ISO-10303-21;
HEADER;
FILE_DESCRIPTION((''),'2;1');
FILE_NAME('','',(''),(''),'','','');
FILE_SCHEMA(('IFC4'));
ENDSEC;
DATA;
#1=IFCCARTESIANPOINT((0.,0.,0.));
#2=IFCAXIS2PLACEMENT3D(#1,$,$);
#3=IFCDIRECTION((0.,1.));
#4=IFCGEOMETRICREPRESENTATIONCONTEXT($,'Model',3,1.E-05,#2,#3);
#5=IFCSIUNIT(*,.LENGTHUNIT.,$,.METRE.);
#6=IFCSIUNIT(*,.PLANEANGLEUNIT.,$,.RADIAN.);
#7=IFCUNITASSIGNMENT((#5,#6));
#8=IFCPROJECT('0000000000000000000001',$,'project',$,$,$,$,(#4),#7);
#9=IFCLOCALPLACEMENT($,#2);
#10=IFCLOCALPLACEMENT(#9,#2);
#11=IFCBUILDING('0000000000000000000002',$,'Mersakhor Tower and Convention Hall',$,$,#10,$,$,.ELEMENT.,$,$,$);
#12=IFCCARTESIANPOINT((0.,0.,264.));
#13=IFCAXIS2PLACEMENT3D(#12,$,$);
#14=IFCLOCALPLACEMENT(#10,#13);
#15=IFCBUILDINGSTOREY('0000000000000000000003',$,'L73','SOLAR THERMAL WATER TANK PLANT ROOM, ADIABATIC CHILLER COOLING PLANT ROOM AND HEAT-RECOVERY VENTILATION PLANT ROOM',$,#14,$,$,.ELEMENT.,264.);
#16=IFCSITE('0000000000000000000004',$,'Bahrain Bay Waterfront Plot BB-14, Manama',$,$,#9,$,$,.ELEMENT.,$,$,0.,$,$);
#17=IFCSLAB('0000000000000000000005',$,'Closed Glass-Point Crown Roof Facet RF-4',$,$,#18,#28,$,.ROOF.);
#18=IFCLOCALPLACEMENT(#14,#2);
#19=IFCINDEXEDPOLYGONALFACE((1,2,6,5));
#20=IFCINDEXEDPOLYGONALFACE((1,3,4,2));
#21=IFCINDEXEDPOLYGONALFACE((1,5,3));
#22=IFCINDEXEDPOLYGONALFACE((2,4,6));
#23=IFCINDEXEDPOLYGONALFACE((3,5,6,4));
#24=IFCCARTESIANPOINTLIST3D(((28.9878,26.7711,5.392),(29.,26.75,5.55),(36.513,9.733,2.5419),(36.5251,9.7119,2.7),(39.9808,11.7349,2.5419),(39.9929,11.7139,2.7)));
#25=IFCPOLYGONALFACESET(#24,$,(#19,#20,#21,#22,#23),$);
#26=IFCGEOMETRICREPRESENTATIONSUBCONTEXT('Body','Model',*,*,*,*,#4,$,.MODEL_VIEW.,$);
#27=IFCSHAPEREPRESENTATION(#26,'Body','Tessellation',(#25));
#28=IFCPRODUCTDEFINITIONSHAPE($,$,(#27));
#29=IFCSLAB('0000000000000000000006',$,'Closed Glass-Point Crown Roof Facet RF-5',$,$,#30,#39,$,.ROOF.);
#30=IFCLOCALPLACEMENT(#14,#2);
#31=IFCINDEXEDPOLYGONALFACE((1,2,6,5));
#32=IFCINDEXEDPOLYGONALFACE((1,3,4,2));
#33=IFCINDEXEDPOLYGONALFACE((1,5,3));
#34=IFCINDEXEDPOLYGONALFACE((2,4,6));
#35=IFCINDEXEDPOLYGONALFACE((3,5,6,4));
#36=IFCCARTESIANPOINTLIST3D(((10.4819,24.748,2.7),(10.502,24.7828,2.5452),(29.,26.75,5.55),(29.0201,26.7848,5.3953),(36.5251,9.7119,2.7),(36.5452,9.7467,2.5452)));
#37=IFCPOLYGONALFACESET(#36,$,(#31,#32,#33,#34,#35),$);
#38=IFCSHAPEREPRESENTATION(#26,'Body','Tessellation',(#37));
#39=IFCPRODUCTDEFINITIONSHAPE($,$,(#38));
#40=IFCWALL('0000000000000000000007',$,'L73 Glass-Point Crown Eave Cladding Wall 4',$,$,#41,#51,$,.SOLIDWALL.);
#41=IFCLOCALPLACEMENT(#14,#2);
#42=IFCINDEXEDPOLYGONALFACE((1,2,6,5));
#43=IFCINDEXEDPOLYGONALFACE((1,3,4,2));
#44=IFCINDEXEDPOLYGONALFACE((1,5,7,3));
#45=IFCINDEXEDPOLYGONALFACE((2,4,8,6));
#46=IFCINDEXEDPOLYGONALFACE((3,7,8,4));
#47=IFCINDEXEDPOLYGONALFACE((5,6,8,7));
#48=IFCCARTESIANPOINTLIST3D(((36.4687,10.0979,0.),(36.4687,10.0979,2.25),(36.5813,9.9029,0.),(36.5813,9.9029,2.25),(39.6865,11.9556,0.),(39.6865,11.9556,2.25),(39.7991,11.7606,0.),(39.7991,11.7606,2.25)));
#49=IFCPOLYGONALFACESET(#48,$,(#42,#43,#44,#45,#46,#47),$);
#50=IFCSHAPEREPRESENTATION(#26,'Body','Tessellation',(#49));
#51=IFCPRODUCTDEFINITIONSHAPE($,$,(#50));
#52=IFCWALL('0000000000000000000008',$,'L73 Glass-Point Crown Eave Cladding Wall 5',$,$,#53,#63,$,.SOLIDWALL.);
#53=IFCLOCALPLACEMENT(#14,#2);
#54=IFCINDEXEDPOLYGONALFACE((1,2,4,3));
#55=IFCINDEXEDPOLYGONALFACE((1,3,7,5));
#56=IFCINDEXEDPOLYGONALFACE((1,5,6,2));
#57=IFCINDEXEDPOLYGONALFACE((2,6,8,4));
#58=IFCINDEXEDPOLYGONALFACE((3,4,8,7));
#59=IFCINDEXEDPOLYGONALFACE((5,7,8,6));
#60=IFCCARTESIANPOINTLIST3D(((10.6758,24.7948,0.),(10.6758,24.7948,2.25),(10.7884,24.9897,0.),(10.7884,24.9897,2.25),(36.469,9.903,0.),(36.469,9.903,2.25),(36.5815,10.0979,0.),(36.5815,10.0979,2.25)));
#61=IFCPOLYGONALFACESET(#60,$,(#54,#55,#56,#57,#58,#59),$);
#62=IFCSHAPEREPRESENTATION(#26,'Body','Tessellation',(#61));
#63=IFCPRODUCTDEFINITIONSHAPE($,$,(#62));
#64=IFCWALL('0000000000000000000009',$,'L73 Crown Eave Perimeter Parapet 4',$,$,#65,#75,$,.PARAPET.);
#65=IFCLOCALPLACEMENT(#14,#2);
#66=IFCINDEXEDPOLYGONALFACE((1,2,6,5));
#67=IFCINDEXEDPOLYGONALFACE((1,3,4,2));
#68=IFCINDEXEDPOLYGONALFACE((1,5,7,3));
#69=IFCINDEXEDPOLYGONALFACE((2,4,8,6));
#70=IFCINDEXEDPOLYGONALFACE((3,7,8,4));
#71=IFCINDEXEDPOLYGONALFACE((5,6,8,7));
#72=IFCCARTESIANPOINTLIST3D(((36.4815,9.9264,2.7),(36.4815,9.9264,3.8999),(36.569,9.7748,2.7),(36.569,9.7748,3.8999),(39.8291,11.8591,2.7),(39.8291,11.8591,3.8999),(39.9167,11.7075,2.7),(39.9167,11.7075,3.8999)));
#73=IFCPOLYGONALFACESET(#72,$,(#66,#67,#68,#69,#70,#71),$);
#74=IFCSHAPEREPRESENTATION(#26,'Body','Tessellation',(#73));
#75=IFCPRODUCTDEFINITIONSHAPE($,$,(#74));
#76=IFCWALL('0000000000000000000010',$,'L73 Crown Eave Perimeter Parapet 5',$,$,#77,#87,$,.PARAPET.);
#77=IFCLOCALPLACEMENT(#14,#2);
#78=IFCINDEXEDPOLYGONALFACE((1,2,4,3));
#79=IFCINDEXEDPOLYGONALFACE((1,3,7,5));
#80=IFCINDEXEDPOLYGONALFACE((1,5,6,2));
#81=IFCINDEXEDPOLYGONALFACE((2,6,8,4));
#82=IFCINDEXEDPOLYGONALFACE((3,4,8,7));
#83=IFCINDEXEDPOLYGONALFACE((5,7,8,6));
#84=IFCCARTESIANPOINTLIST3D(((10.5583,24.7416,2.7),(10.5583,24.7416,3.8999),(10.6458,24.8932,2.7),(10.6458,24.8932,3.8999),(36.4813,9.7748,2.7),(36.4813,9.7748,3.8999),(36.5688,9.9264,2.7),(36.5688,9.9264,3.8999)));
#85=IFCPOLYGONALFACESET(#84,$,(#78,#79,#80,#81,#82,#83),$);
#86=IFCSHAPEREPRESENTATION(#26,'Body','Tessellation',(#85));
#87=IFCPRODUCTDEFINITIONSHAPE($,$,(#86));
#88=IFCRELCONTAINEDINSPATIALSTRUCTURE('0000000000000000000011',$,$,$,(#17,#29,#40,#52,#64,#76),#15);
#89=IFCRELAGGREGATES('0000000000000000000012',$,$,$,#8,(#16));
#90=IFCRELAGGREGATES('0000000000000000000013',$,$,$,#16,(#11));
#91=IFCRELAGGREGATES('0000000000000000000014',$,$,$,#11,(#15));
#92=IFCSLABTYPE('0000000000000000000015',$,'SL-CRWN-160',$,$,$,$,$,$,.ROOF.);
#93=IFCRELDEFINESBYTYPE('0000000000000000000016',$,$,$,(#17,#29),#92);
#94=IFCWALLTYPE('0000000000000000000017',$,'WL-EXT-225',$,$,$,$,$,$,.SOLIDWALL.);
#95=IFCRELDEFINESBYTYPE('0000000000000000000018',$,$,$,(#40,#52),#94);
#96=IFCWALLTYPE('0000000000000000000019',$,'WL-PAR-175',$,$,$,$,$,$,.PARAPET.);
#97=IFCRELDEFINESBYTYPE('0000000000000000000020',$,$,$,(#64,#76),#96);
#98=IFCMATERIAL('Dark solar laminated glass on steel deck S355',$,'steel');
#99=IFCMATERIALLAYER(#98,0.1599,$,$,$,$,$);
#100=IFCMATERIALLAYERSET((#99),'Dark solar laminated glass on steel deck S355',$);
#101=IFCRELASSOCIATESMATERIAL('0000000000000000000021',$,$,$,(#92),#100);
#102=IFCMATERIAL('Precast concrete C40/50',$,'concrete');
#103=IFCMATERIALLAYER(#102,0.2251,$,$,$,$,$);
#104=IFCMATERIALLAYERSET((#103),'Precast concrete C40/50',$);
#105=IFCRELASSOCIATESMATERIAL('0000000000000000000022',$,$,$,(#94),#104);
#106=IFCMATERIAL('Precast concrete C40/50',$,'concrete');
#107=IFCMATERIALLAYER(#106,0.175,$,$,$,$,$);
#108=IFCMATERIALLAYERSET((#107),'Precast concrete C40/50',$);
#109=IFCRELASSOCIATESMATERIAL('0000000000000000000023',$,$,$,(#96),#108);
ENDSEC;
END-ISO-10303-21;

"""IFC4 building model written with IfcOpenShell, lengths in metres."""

from ifc_helpers import new_model, si_unit, direction, frame, frame_2d, origin, place, context, subcontext, project, spatial, polyline, rectangle, outline, extrude, material, layer, layer_set, type_object, element, save


model = new_model("IFC4")

# Units and contexts
model_context = context("Model", 3, precision=1e-05, world=origin(), true_north=direction((0.0, 1.0)))
body_context = subcontext(model_context, "Body", "Model", "MODEL_VIEW")
ifc_project = project(units=[si_unit("LENGTHUNIT", "METRE"), si_unit("PLANEANGLEUNIT", "RADIAN")], contexts=[model_context])

# Site, building, storey
site_placement = place(None, origin())
site = spatial("IfcSite", under=ifc_project, at=site_placement, Name="Bahrain Bay Waterfront Plot BB-14, Manama", CompositionType="ELEMENT", RefElevation=0.0)
building_placement = place(site_placement, origin())
building = spatial("IfcBuilding", under=site, at=building_placement, Name="Mersakhor Tower and Convention Hall", CompositionType="ELEMENT")
storey_placement = place(building_placement, frame((0.0, 0.0, 264.0)))
storey = spatial("IfcBuildingStorey", under=building, at=storey_placement, Name="L73", Description="SOLAR THERMAL WATER TANK PLANT ROOM, ADIABATIC CHILLER COOLING PLANT ROOM AND HEAT-RECOVERY VENTILATION PLANT ROOM", CompositionType="ELEMENT", Elevation=264.0)

# Slabs
ifc_material_1 = material(Name="Dark solar laminated glass on steel deck S355", Category="steel")
ifc_layer_1 = layer(ifc_material_1, 0.1599)
ifc_layer_set_1 = layer_set([ifc_layer_1], Name="Dark solar laminated glass on steel deck S355")
slab_type = type_object("IfcSlabType", Name="SL-CRWN-160", PredefinedType="ROOF", material=ifc_layer_set_1)
slab_1_placement = place(storey_placement, frame((39.9929, 11.7139, 2.7), z_axis=(0.076054, -0.131741, 0.988362), x_axis=(-0.5834, 0.797976, 0.151256)))
element("IfcSlab", 1, at=slab_1_placement, inside=storey, type_object=slab_type, Name="Closed Glass-Point Crown Roof Facet RF-4", PredefinedType="ROOF", context=body_context, shape_type="SweptSolid", body=[
    extrude(outline(polyline([(0.0, 0.0), (18.8428, 0.0), (0.4256, 3.9815), (0.0, 0.0)])), origin(), (0.0, 0.0, -1.0), 0.1599),
])
slab_2_placement = place(storey_placement, frame((36.5251, 9.7119, 2.7), z_axis=(-0.125486, -0.217347, 0.967995), x_axis=(-0.399367, 0.904228, 0.151257)))
element("IfcSlab", 2, at=slab_2_placement, inside=storey, type_object=slab_type, Name="Closed Glass-Point Crown Roof Facet RF-5", PredefinedType="ROOF", context=body_context, shape_type="SweptSolid", body=[
    extrude(outline(polyline([(0.0, 0.0), (18.8427, 0.0), (23.9969, 18.1241), (0.0, 0.0)])), origin(), (0.0, 0.0, -1.0), 0.1599),
])

# Walls
ifc_material_2 = material(Name="Precast concrete C40/50", Category="concrete")
ifc_layer_2 = layer(ifc_material_2, 0.2251)
ifc_layer_set_2 = layer_set([ifc_layer_2], Name="Precast concrete C40/50")
wall_type_1 = type_object("IfcWallType", Name="WL-EXT-225", PredefinedType="SOLIDWALL", material=ifc_layer_set_2)
wall_1_placement = place(storey_placement, frame((39.7429, 11.8582, 0.0), z_axis=(0.0, 0.0, 1.0), x_axis=(-0.866039, -0.499977, 0.0)))
element("IfcWall", 3, at=wall_1_placement, inside=storey, type_object=wall_type_1, Name="L73 Glass-Point Crown Eave Cladding Wall 4", PredefinedType="SOLIDWALL", context=body_context, shape_type="SweptSolid", body=[
    extrude(rectangle(XDim=3.7156, YDim=0.2251, at=frame_2d((1.8579, 0.0))), origin(), (0.0, 0.0, 1.0), 2.25),
])
wall_2_placement = place(storey_placement, frame((36.5251, 10.0005, 0.0), z_axis=(0.0, 0.0, 1.0), x_axis=(-0.866024, 0.500003, 0.0)))
element("IfcWall", 4, at=wall_2_placement, inside=storey, type_object=wall_type_1, Name="L73 Glass-Point Crown Eave Cladding Wall 5", PredefinedType="SOLIDWALL", context=body_context, shape_type="SweptSolid", body=[
    extrude(rectangle(XDim=29.7834, YDim=0.2251, at=frame_2d((14.8916, 0.0))), origin(), (0.0, 0.0, 1.0), 2.25),
])
ifc_material_3 = material(Name="Precast concrete C40/50", Category="concrete")
ifc_layer_3 = layer(ifc_material_3, 0.175)
ifc_layer_set_3 = layer_set([ifc_layer_3], Name="Precast concrete C40/50")
wall_type_2 = type_object("IfcWallType", Name="WL-PAR-175", PredefinedType="PARAPET", material=ifc_layer_set_3)
wall_3_placement = place(storey_placement, frame((39.8728, 11.7832, 2.7), z_axis=(0.0, 0.0, 1.0), x_axis=(-0.866043, -0.49997, 0.0)))
element("IfcWall", 5, at=wall_3_placement, inside=storey, type_object=wall_type_2, Name="L73 Crown Eave Perimeter Parapet 4", PredefinedType="PARAPET", context=body_context, shape_type="SweptSolid", body=[
    extrude(rectangle(XDim=3.8655, YDim=0.175, at=frame_2d((1.9326, 0.0))), origin(), (0.0, 0.0, 1.0), 1.2),
])
wall_4_placement = place(storey_placement, frame((36.5251, 9.8506, 2.7), z_axis=(0.0, 0.0, 1.0), x_axis=(-0.866024, 0.500002, 0.0)))
element("IfcWall", 6, at=wall_4_placement, inside=storey, type_object=wall_type_2, Name="L73 Crown Eave Perimeter Parapet 5", PredefinedType="PARAPET", context=body_context, shape_type="SweptSolid", body=[
    extrude(rectangle(XDim=29.9333, YDim=0.175, at=frame_2d((14.9668, 0.0))), origin(), (0.0, 0.0, 1.0), 1.2),
])

save(model, "model.ifc")
